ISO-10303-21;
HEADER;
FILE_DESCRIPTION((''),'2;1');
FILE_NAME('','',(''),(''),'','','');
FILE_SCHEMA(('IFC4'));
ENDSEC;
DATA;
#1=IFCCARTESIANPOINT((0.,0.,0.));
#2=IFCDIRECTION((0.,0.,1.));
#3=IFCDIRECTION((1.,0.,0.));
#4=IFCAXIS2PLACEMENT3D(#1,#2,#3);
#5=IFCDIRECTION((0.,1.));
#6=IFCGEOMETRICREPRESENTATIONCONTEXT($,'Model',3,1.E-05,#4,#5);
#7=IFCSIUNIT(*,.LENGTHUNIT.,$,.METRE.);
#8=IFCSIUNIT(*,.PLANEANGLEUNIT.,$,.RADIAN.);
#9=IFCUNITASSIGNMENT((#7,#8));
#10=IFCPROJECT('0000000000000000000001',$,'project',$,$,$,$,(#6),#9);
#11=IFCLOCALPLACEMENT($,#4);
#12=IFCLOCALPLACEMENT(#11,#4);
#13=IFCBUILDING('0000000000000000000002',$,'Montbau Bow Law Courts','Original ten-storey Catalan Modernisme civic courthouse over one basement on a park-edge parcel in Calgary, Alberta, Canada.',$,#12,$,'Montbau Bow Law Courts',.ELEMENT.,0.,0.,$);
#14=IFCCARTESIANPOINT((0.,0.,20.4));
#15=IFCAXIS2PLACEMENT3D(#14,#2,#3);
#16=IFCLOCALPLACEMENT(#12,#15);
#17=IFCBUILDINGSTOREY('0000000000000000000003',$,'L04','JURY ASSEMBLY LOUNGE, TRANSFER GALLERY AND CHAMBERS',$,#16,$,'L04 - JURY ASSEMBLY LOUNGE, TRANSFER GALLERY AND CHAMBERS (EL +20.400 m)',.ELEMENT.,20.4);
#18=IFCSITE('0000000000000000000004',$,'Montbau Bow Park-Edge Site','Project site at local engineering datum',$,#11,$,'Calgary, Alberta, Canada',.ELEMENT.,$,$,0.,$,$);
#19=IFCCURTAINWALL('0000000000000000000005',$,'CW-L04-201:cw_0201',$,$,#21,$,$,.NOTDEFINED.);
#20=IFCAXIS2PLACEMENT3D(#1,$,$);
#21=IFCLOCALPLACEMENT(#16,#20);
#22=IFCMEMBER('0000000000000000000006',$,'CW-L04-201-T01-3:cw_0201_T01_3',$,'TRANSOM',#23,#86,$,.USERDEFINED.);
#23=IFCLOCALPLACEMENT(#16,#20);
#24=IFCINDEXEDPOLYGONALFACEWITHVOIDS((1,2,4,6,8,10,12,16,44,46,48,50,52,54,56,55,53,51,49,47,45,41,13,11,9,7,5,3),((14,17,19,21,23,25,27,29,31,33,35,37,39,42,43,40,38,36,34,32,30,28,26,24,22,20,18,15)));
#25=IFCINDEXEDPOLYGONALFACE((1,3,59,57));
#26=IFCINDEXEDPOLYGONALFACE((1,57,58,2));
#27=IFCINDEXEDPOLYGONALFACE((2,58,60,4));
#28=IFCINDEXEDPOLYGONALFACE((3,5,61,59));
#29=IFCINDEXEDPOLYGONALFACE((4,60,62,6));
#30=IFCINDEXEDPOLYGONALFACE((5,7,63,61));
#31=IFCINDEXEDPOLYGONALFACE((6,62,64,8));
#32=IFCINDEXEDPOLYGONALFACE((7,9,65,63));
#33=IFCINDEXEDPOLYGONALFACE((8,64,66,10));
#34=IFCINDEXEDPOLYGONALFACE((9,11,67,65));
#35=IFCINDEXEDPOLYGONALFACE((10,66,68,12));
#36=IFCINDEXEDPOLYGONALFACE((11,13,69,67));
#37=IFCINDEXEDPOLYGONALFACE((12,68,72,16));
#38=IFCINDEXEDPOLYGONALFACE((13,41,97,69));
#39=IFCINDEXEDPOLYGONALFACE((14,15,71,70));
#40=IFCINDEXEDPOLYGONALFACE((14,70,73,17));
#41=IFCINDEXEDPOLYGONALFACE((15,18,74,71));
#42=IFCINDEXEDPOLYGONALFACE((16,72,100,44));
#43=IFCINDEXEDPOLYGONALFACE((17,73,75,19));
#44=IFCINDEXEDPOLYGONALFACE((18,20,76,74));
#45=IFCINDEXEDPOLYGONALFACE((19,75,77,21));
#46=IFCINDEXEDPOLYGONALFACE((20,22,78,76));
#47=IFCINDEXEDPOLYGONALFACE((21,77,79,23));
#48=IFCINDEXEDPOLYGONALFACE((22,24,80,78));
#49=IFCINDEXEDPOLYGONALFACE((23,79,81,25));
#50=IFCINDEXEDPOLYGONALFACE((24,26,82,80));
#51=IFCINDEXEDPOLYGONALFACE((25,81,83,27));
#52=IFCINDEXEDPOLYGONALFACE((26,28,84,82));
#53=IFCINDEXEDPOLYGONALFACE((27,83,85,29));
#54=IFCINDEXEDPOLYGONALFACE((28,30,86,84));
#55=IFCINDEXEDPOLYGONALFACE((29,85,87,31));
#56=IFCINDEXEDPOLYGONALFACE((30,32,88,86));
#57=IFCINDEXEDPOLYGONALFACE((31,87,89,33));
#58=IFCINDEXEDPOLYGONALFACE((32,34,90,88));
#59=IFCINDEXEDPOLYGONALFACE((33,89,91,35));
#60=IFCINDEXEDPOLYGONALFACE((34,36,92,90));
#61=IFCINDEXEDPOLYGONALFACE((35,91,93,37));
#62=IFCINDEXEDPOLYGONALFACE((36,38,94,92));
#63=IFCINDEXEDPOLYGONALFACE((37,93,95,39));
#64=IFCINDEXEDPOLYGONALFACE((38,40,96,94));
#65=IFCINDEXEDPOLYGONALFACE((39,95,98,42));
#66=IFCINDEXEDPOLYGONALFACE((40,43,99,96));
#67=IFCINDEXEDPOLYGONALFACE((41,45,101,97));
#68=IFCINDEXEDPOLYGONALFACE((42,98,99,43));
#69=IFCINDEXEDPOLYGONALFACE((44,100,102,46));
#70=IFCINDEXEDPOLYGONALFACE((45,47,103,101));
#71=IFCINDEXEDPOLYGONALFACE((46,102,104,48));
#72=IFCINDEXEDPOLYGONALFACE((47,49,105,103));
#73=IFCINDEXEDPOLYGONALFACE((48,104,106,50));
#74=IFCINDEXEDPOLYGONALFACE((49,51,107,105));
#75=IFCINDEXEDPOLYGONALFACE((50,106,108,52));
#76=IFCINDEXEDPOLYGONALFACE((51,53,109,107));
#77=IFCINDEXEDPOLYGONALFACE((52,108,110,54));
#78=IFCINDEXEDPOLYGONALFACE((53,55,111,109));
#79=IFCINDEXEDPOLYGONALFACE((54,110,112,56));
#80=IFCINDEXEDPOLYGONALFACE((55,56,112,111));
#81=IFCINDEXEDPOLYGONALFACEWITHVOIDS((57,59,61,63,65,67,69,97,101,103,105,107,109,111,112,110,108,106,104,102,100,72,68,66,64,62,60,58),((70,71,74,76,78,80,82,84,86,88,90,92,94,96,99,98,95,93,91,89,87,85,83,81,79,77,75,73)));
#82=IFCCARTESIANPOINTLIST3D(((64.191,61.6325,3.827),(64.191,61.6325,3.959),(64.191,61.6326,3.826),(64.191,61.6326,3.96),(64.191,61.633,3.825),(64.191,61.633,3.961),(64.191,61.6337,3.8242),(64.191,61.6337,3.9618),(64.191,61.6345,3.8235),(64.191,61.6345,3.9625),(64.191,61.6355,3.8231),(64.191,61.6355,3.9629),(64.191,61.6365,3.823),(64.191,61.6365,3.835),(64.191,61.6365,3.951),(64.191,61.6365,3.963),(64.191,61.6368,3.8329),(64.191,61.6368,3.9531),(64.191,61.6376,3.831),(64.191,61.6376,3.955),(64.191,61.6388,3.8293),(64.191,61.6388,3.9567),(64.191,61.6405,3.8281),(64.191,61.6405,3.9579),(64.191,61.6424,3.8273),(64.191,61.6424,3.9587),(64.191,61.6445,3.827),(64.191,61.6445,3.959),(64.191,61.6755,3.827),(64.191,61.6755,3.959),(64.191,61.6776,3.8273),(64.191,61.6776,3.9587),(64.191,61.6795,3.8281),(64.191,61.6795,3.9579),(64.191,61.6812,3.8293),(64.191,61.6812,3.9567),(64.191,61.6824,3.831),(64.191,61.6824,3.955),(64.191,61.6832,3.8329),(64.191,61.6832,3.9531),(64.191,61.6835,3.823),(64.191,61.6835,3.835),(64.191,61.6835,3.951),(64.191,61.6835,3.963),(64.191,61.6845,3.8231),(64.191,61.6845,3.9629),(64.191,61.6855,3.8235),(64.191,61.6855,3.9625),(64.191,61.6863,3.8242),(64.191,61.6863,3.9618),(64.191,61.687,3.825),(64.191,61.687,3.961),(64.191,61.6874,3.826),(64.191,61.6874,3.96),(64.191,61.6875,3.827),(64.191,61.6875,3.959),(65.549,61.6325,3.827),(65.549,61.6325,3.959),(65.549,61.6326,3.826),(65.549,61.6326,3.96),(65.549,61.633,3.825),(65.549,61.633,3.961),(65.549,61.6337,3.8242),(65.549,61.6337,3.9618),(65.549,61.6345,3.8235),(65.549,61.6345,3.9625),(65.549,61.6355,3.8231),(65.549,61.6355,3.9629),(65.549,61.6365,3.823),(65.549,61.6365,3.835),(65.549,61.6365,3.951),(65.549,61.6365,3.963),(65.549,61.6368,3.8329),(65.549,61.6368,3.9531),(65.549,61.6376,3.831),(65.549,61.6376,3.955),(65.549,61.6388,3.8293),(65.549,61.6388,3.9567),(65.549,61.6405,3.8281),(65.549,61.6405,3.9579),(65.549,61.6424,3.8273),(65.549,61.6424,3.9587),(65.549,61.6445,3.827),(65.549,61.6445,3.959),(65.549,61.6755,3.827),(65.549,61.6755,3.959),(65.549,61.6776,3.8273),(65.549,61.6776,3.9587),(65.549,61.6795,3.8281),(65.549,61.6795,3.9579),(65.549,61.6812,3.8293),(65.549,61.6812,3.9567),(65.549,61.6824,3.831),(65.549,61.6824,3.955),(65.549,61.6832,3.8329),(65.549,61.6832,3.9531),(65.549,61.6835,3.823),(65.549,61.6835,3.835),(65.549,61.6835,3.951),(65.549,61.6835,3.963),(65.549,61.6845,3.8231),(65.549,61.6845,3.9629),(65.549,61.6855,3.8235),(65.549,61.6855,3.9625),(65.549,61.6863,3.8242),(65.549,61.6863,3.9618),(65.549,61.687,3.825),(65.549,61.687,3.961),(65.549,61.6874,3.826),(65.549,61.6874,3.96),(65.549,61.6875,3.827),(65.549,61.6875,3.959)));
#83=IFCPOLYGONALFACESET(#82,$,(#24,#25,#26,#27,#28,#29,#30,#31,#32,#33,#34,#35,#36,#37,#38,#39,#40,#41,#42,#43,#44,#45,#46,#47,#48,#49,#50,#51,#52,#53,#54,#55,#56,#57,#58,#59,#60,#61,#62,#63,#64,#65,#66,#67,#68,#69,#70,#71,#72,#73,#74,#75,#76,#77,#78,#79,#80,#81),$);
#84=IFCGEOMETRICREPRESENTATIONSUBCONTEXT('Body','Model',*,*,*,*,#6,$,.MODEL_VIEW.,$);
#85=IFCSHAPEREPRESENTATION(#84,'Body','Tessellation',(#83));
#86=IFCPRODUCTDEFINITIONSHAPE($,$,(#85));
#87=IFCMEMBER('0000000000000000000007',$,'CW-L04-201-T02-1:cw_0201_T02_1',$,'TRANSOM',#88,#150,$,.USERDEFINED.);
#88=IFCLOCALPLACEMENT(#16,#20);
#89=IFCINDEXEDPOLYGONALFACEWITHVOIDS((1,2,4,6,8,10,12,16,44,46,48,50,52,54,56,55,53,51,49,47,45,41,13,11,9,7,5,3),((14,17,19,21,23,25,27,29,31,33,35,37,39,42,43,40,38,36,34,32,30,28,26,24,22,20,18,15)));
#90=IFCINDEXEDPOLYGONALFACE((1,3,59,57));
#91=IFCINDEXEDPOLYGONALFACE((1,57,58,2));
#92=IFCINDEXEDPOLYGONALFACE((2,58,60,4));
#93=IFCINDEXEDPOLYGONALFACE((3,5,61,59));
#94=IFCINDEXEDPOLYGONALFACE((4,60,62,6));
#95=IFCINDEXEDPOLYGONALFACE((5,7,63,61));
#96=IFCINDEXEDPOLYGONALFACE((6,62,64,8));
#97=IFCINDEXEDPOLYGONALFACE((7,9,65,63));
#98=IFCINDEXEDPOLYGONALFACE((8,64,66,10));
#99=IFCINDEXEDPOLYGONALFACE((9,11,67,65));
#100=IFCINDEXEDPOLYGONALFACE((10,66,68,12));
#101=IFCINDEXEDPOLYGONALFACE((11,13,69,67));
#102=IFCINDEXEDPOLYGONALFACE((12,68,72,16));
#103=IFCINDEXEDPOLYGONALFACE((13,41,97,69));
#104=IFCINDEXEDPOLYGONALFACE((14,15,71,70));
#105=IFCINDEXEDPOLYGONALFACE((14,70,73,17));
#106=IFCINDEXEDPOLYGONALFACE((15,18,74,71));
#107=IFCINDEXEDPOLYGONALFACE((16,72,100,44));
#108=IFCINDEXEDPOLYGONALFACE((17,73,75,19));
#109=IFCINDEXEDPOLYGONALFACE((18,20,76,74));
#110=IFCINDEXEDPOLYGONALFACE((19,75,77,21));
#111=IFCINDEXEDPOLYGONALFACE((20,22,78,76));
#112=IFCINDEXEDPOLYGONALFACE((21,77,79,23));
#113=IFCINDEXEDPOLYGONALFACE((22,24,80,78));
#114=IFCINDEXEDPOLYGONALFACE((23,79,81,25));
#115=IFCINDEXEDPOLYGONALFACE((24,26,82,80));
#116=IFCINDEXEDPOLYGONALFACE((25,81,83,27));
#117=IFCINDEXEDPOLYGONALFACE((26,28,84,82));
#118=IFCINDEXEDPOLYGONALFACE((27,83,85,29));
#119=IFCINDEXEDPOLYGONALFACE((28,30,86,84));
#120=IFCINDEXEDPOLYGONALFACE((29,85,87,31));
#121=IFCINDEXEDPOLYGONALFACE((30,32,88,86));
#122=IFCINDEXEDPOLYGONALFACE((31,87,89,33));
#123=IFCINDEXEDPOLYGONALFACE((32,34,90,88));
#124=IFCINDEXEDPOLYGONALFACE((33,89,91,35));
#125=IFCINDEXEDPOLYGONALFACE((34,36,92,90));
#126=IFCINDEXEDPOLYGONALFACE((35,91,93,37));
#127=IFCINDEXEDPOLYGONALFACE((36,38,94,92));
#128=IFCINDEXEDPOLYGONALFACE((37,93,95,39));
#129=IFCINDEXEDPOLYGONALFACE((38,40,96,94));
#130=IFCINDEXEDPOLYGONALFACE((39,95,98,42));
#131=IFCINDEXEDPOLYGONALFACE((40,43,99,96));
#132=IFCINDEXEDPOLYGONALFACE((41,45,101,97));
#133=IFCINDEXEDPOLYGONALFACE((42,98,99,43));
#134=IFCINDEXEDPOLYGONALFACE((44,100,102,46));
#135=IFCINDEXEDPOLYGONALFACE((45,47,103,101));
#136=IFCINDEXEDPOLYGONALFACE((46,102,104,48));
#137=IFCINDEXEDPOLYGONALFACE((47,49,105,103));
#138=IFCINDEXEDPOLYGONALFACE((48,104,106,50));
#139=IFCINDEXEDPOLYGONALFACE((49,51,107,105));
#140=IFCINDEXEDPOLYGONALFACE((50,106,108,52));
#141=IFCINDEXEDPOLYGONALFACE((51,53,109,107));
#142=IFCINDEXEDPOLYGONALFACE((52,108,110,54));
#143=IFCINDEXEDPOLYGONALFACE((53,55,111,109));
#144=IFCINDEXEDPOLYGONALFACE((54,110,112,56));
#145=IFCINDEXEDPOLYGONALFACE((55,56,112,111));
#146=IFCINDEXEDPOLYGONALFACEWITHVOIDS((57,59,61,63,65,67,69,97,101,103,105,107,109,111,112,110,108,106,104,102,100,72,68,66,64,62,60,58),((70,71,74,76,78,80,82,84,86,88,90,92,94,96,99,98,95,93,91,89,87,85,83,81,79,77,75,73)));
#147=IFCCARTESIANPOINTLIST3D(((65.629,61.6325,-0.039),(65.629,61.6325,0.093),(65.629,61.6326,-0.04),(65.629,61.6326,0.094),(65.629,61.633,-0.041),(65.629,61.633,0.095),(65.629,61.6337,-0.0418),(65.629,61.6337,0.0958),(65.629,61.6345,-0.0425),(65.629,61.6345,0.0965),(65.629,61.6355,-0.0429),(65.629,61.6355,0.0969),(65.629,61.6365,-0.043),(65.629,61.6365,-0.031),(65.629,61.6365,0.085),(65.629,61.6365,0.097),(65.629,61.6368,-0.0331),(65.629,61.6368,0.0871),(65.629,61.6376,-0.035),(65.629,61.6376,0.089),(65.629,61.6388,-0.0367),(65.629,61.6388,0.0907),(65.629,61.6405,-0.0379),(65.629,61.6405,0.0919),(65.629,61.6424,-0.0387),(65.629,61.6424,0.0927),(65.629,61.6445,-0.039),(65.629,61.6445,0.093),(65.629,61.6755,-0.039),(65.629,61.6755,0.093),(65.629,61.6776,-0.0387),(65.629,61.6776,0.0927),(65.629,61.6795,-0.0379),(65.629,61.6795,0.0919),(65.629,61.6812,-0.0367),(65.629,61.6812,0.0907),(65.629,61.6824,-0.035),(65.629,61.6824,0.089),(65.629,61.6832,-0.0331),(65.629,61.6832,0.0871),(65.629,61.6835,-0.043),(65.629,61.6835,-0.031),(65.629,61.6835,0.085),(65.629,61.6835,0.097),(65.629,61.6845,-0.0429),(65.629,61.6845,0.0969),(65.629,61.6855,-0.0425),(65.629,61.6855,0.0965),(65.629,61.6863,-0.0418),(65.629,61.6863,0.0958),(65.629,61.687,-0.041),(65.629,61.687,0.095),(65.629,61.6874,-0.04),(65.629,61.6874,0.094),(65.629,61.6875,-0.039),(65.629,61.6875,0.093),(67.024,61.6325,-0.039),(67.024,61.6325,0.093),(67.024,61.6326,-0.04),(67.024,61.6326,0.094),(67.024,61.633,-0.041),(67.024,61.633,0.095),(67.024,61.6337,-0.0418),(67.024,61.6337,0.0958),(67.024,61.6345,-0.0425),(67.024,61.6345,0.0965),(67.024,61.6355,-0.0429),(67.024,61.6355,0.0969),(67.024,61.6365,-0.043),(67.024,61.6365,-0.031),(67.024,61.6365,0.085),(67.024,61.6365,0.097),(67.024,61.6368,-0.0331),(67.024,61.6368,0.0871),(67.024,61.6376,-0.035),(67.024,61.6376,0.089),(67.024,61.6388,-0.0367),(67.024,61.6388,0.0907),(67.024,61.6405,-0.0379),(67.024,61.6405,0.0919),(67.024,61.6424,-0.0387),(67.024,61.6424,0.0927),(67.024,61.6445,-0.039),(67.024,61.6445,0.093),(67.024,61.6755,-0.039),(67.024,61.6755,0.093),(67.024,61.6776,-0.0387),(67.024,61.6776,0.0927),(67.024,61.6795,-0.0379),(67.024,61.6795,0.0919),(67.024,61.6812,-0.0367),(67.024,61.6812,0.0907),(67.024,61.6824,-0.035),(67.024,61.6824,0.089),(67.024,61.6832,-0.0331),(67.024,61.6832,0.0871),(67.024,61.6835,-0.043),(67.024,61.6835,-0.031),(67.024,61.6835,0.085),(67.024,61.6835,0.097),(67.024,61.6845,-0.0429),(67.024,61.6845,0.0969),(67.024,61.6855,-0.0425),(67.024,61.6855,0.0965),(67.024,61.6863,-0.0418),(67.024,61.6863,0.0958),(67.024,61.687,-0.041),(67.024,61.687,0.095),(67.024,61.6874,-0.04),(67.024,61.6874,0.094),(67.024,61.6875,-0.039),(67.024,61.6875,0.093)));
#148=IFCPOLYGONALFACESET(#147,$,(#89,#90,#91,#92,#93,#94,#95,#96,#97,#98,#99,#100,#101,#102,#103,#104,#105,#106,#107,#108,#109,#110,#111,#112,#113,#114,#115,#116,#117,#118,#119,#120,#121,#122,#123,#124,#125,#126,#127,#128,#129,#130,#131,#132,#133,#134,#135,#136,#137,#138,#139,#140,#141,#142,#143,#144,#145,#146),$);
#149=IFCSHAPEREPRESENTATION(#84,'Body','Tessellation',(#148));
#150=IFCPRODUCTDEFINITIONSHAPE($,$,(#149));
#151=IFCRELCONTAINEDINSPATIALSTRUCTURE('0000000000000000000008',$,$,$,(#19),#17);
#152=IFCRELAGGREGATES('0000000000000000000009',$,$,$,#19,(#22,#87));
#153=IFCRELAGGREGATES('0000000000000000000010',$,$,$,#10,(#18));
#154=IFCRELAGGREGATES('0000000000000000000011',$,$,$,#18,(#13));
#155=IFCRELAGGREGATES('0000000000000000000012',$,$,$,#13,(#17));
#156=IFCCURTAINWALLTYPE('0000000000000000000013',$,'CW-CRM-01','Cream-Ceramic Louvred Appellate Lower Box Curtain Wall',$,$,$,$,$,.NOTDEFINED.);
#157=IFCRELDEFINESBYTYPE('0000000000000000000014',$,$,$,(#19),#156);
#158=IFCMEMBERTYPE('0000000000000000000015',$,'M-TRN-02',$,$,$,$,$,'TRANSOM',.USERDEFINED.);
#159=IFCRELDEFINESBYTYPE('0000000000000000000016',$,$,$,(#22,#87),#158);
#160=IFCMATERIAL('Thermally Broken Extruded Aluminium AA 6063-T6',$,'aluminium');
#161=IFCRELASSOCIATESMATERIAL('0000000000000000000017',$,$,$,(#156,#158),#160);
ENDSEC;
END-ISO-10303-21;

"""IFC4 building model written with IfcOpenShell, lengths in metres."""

from ifc_helpers import new_model, si_unit, direction, frame, origin_with_axes, origin_2d_with_axis, place, context, subcontext, project, spatial, hollow_rectangle, extrude, material, material_profile, profile_set, type_object, element, aggregate, save


model = new_model("IFC4")

# Units and contexts
model_context = context("Model", 3, precision=1e-05, world=origin_with_axes(), true_north=direction((0.0, 1.0)))
body_context = subcontext(model_context, "Body", "Model", "MODEL_VIEW")
ifc_project = project(units=[si_unit("LENGTHUNIT", "METRE"), si_unit("PLANEANGLEUNIT", "RADIAN")], contexts=[model_context])

# Site, building, storey
site_placement = place(None, origin_with_axes())
site = spatial("IfcSite", under=ifc_project, at=site_placement, Name="Montbau Bow Park-Edge Site", Description="Project site at local engineering datum", LongName="Calgary, Alberta, Canada", CompositionType="ELEMENT", RefElevation=0.0)
building_placement = place(site_placement, origin_with_axes())
building = spatial("IfcBuilding", under=site, at=building_placement, Name="Montbau Bow Law Courts", Description="Original ten-storey Catalan Modernisme civic courthouse over one basement on a park-edge parcel in Calgary, Alberta, Canada.", LongName="Montbau Bow Law Courts", CompositionType="ELEMENT", ElevationOfRefHeight=0.0, ElevationOfTerrain=0.0)
storey_placement = place(building_placement, frame((0.0, 0.0, 20.4), z_axis=(0.0, 0.0, 1.0), x_axis=(1.0, 0.0, 0.0)))
storey = spatial("IfcBuildingStorey", under=building, at=storey_placement, Name="L04", Description="JURY ASSEMBLY LOUNGE, TRANSFER GALLERY AND CHAMBERS", LongName="L04 - JURY ASSEMBLY LOUNGE, TRANSFER GALLERY AND CHAMBERS (EL +20.400 m)", CompositionType="ELEMENT", Elevation=20.4)

# Curtain wall, members
ifc_material_1 = material(Name="Thermally Broken Extruded Aluminium AA 6063-T6", Category="aluminium")
curtain_wall_type = type_object("IfcCurtainWallType", Name="CW-CRM-01", Description="Cream-Ceramic Louvred Appellate Lower Box Curtain Wall", PredefinedType="NOTDEFINED", material=ifc_material_1)
curtain_wall_placement = place(None, frame((64.115, 61.66, 20.4), z_axis=(0.0, 0.0, 1.0), x_axis=(1.0, 0.0, 0.0)))
curtain_wall = element("IfcCurtainWall", 1, at=curtain_wall_placement, inside=storey, type_object=curtain_wall_type, Name="CW-L04-201:cw_0201", PredefinedType="NOTDEFINED")
ifc_material_profile_1 = material_profile(ifc_material_1, hollow_rectangle(XDim=0.055, YDim=0.14, WallThickness=0.004, InnerFilletRadius=0.008, OuterFilletRadius=0.004, at=origin_2d_with_axis()), Name="CWT-140X55", Category="Main", Priority=0)
ifc_profile_set_1 = profile_set([ifc_material_profile_1], Name="Thermally Broken Extruded Aluminium AA 6063-T6")
member_type_1 = type_object("IfcMemberType", Name="M-TRN-02", ElementType="TRANSOM", PredefinedType="USERDEFINED", material=ifc_profile_set_1)
member_1_placement = place(None, frame((64.191, 61.66, 24.293), z_axis=(1.0, 0.0, 0.0), x_axis=(0.0, 1.0, 0.0)))
member_1 = element("IfcMember", 2, at=member_1_placement, type_object=member_type_1, Name="CW-L04-201-T01-3:cw_0201_T01_3", ObjectType="TRANSOM", PredefinedType="USERDEFINED", context=body_context, shape_type="SweptSolid", body=[
    extrude(hollow_rectangle(XDim=0.055, YDim=0.14, WallThickness=0.004, InnerFilletRadius=0.008, OuterFilletRadius=0.004, at=origin_2d_with_axis()), origin_with_axes(), (0.0, 0.0, 1.0), 1.358),
])
member_2_placement = place(None, frame((65.629, 61.66, 20.427), z_axis=(1.0, 0.0, 0.0), x_axis=(0.0, 1.0, 0.0)))
member_2 = element("IfcMember", 3, at=member_2_placement, type_object=member_type_1, Name="CW-L04-201-T02-1:cw_0201_T02_1", ObjectType="TRANSOM", PredefinedType="USERDEFINED", context=body_context, shape_type="SweptSolid", body=[
    extrude(hollow_rectangle(XDim=0.055, YDim=0.14, WallThickness=0.004, InnerFilletRadius=0.008, OuterFilletRadius=0.004, at=origin_2d_with_axis()), origin_with_axes(), (0.0, 0.0, 1.0), 1.395),
])
aggregate(curtain_wall, [member_1, member_2])

save(model, "model.ifc")
